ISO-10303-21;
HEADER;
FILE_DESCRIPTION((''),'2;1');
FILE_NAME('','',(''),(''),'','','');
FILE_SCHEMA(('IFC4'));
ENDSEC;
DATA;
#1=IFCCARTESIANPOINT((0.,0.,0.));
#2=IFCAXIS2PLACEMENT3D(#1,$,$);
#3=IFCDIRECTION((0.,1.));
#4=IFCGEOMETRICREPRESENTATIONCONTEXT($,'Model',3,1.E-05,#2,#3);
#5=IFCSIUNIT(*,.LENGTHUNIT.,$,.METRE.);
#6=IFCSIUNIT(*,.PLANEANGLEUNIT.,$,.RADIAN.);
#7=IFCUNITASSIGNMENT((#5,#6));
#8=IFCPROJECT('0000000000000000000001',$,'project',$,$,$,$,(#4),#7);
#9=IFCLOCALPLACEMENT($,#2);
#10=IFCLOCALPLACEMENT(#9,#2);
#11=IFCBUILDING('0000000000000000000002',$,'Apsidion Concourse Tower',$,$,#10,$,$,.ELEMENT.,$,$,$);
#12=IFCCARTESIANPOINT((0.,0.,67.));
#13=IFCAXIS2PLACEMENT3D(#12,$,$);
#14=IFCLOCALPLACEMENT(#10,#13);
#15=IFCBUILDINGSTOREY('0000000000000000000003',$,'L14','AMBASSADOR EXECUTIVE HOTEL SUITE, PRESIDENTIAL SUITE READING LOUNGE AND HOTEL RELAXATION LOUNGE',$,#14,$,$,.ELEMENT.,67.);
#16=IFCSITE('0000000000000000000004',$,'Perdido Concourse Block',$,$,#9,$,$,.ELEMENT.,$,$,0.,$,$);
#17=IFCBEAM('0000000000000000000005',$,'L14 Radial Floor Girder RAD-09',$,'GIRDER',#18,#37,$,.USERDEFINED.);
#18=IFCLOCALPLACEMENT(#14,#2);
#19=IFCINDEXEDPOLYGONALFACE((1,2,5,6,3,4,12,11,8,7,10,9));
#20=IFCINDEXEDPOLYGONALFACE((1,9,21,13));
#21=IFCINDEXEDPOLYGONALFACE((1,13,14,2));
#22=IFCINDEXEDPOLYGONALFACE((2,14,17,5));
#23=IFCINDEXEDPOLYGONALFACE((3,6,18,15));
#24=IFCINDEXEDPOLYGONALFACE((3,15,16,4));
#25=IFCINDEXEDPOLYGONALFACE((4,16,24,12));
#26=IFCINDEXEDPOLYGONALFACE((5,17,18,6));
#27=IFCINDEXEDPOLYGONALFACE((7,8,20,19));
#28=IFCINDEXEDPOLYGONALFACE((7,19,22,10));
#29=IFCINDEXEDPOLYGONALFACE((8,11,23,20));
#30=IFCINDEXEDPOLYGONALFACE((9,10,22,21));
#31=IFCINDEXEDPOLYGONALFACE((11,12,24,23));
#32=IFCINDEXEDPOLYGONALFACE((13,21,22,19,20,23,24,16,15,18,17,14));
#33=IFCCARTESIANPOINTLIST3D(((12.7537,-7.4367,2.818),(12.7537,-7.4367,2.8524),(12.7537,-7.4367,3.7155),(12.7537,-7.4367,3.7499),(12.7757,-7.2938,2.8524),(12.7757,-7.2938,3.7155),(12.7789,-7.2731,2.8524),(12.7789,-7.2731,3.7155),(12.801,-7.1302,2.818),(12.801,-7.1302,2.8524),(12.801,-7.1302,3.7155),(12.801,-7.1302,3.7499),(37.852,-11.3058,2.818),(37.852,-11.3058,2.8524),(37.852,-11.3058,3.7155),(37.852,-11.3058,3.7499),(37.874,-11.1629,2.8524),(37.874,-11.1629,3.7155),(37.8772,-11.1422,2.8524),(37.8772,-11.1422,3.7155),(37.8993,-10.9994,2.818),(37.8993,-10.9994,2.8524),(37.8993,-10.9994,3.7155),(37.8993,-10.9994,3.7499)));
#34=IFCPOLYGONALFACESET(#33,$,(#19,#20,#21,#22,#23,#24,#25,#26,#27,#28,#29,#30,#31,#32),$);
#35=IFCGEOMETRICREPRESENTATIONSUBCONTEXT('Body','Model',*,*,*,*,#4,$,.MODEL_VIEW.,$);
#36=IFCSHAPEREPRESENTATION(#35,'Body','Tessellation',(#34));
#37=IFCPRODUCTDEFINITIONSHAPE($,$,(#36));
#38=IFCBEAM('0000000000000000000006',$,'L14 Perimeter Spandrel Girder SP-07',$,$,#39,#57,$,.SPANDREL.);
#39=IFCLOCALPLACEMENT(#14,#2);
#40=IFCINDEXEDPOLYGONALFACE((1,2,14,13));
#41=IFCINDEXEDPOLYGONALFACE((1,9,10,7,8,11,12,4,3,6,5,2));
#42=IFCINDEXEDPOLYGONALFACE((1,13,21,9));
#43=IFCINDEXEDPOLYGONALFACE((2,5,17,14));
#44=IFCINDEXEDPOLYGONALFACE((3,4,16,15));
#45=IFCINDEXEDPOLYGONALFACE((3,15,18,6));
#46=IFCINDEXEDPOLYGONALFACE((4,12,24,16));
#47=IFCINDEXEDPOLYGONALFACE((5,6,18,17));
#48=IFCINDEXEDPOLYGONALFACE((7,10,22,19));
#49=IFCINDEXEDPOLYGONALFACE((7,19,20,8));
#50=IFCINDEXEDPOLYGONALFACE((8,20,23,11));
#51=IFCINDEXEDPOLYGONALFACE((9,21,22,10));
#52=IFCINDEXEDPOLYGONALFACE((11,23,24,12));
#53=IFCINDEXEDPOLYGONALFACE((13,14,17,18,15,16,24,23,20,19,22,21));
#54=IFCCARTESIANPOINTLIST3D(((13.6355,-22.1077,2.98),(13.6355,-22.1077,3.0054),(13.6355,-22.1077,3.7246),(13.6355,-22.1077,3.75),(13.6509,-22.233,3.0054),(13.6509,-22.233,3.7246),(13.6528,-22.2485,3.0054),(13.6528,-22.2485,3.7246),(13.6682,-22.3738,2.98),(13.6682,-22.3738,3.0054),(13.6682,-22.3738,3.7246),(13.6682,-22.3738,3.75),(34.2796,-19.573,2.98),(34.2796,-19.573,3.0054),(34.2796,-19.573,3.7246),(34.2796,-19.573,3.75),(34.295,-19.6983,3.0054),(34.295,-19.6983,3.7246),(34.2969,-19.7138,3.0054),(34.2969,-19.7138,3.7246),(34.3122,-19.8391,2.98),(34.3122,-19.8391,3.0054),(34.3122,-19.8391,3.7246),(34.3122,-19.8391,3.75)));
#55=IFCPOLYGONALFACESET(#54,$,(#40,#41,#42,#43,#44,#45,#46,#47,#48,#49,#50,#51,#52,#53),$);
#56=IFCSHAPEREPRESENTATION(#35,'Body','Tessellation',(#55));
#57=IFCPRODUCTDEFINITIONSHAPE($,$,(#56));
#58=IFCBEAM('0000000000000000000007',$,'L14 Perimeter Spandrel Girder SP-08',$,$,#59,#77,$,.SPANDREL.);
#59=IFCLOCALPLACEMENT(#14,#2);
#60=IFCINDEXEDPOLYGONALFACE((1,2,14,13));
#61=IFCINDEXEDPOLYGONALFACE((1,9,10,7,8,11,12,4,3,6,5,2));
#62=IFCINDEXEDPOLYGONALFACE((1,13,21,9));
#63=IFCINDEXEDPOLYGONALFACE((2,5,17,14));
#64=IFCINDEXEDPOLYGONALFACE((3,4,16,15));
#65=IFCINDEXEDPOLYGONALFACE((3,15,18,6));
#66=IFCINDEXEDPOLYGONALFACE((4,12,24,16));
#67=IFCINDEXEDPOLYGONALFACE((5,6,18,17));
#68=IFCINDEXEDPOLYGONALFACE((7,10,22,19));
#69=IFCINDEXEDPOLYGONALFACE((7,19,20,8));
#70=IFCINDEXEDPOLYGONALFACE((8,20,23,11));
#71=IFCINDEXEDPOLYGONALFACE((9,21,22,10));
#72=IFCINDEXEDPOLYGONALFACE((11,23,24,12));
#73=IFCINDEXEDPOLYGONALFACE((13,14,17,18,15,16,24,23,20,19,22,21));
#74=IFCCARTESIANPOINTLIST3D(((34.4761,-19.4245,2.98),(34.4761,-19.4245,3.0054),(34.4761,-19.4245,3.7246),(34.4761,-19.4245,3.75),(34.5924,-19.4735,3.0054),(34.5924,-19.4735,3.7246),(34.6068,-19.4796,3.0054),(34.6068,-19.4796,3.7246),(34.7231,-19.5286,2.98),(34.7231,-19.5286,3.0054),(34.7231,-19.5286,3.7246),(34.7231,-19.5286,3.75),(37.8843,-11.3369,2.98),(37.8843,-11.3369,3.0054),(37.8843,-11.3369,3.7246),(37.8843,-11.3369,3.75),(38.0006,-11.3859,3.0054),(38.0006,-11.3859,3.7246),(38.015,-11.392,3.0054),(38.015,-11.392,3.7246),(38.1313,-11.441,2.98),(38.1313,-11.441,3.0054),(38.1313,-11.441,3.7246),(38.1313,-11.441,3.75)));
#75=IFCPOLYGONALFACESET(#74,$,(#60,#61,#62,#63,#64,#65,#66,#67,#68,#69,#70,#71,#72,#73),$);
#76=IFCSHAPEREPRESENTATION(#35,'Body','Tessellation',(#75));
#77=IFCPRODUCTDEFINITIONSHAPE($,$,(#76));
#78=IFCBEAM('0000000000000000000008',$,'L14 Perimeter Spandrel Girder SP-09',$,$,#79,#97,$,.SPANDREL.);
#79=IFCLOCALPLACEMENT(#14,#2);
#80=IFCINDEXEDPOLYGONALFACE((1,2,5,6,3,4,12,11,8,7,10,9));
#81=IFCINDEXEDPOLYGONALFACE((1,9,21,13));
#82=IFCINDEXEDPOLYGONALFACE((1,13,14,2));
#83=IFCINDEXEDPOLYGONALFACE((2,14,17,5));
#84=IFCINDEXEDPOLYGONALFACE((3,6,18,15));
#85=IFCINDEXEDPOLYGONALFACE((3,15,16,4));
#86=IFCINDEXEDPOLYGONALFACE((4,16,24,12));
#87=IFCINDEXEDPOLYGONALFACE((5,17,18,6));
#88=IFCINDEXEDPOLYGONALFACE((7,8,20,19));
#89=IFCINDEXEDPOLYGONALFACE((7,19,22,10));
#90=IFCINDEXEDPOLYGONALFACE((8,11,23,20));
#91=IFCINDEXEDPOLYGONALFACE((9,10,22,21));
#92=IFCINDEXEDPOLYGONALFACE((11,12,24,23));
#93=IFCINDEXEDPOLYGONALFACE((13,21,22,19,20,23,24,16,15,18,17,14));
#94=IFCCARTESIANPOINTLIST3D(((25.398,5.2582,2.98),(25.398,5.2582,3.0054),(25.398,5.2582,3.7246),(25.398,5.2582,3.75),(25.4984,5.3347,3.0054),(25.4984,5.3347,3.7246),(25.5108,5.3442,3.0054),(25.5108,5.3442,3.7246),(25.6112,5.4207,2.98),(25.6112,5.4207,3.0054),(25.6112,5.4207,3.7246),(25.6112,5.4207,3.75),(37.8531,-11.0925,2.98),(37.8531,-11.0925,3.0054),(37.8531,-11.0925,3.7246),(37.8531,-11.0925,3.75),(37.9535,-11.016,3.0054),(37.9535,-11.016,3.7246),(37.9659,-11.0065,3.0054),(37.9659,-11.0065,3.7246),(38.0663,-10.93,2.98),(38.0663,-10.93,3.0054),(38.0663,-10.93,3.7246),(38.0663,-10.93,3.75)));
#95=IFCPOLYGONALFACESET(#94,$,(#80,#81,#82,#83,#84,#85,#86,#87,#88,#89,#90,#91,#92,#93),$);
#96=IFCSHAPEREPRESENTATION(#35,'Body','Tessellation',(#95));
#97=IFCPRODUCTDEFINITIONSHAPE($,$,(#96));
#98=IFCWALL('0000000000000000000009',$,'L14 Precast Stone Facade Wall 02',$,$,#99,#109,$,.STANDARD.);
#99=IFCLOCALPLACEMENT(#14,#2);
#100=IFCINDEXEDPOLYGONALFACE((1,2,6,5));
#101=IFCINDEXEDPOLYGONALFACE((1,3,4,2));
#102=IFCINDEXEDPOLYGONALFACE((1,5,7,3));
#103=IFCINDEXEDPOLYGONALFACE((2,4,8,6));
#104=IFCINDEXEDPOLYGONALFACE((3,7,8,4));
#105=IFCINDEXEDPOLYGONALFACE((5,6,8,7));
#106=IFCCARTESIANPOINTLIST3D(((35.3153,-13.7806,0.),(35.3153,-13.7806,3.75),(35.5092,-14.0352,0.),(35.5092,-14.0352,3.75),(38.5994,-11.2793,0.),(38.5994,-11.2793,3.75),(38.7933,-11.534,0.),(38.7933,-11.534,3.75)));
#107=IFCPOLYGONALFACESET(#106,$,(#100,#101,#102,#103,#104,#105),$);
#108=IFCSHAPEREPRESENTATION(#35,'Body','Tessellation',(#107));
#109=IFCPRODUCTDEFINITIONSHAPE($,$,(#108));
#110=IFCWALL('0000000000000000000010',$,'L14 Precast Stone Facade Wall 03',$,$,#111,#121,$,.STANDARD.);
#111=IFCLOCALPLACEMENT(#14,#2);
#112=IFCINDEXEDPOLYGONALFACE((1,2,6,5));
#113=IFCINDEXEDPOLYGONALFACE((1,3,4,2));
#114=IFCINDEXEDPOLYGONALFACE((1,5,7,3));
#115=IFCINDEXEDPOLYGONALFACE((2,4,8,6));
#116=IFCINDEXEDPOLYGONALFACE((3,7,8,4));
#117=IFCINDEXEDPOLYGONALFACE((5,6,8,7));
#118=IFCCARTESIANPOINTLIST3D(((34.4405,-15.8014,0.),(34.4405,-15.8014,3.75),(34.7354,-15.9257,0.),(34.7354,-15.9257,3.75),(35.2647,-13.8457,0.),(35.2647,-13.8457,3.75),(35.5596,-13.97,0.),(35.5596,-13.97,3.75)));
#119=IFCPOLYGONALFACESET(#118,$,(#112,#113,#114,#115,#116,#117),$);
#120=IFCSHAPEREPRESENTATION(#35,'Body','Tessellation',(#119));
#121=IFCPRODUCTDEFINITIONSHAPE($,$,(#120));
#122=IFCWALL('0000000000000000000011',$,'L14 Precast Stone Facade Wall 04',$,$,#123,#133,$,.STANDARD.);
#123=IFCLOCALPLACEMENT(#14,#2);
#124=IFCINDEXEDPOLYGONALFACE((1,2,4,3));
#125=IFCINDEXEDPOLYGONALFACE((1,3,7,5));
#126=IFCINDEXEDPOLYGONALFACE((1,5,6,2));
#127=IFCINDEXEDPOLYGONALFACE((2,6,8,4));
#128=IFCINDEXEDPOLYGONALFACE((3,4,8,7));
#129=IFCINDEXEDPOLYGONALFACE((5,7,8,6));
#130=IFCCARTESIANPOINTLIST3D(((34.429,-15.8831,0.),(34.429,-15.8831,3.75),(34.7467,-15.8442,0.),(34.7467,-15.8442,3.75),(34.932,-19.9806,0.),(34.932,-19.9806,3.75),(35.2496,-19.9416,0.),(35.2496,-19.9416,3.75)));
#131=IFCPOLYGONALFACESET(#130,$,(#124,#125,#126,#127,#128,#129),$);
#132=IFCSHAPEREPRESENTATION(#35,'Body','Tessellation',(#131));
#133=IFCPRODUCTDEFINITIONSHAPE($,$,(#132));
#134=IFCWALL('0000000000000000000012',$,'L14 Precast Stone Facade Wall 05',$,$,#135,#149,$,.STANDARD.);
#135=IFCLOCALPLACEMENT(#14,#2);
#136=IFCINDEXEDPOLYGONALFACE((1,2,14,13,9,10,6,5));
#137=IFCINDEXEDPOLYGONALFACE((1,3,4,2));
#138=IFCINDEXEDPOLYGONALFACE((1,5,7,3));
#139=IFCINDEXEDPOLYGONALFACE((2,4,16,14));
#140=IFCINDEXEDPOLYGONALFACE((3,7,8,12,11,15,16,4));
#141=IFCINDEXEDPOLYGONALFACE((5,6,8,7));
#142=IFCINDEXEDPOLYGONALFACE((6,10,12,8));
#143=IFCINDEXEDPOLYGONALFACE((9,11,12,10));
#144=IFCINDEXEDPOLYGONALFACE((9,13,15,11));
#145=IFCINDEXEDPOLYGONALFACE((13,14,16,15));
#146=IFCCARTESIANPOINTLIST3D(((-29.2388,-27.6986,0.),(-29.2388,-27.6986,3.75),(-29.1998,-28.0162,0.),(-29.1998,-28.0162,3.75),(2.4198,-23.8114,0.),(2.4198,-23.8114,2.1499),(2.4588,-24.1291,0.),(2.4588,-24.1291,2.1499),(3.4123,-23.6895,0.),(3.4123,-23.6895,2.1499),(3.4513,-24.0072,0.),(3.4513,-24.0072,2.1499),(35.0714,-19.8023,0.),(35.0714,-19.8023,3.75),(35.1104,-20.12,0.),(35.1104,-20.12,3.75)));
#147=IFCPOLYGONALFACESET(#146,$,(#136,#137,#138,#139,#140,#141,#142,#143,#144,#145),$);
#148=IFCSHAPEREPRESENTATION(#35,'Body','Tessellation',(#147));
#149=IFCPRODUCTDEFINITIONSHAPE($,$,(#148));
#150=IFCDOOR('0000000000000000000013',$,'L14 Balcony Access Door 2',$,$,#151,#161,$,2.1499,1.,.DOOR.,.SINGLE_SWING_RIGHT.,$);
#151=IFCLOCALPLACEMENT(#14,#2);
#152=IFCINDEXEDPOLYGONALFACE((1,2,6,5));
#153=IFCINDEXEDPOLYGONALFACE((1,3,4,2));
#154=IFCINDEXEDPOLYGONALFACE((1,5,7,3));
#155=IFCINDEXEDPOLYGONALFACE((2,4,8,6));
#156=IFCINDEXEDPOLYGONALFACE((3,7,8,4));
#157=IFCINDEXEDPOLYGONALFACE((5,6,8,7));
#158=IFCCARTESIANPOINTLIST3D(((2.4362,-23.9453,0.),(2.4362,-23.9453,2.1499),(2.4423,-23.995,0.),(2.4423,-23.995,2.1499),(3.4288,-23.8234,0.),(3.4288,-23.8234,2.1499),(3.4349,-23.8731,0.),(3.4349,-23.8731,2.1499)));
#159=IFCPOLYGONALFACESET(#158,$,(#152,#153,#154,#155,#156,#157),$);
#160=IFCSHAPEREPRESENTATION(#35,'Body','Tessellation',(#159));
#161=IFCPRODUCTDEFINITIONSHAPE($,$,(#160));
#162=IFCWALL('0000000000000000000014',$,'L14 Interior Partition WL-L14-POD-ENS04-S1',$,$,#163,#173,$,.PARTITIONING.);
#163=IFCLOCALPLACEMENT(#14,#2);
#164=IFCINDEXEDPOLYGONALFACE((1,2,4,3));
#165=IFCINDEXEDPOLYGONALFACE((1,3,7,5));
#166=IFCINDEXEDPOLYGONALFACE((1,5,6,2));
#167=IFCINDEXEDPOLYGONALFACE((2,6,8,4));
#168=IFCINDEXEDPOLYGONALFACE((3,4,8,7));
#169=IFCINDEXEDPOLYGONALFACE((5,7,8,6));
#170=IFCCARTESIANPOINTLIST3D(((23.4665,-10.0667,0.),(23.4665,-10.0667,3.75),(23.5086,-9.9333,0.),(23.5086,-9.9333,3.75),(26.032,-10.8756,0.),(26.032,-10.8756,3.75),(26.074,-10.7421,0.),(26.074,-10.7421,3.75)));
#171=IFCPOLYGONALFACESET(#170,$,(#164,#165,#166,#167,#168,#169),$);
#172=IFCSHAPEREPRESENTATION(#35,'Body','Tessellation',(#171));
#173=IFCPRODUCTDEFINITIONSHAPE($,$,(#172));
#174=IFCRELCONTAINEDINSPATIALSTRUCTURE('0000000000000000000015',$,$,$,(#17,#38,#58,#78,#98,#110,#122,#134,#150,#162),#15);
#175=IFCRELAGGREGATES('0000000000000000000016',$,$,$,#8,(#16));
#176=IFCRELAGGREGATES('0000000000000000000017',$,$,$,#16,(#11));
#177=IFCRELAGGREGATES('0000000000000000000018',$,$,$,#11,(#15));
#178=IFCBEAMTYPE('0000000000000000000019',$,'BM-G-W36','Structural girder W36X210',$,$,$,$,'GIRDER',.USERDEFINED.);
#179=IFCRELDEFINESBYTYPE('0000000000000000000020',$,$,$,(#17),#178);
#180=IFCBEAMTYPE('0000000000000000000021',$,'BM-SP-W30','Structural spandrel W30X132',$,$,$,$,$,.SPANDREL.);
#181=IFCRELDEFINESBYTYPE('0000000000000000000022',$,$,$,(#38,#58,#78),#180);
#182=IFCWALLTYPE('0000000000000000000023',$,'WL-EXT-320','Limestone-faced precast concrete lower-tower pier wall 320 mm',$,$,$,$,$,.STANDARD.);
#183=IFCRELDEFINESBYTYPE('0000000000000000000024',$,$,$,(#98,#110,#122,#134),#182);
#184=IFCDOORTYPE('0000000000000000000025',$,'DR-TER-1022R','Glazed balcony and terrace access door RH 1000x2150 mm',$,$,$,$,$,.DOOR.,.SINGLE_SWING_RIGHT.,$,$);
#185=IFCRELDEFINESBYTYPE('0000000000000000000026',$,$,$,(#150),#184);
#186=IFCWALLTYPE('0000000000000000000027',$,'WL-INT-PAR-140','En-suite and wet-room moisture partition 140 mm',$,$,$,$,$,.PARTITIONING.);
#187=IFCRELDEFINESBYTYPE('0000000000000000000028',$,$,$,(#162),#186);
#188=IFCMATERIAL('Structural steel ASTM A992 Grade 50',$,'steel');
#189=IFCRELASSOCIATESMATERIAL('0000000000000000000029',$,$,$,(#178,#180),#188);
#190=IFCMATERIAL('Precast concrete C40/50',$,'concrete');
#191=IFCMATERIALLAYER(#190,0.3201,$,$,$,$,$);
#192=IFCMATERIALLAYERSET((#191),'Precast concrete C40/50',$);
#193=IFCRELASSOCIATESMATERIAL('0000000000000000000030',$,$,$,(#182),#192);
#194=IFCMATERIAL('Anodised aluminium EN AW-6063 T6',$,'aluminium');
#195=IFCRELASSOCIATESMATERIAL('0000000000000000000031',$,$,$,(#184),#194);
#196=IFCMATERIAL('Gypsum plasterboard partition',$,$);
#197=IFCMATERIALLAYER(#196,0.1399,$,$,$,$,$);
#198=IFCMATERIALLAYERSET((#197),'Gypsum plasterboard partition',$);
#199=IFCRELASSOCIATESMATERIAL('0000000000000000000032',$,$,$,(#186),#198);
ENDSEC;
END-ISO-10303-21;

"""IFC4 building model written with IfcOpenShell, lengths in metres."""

from ifc_helpers import new_model, si_unit, direction, frame, frame_2d, origin, origin_2d, place, context, subcontext, project, spatial, rectangle, i_section, extrude, material, layer, layer_set, material_profile, profile_set, type_object, element, fill, save


model = new_model("IFC4")

# Units and contexts
model_context = context("Model", 3, precision=1e-05, world=origin(), true_north=direction((0.0, 1.0)))
body_context = subcontext(model_context, "Body", "Model", "MODEL_VIEW")
ifc_project = project(units=[si_unit("LENGTHUNIT", "METRE"), si_unit("PLANEANGLEUNIT", "RADIAN")], contexts=[model_context])

# Site, building, storey
site_placement = place(None, origin())
site = spatial("IfcSite", under=ifc_project, at=site_placement, Name="Perdido Concourse Block", CompositionType="ELEMENT", RefElevation=0.0)
building_placement = place(site_placement, origin())
building = spatial("IfcBuilding", under=site, at=building_placement, Name="Apsidion Concourse Tower", CompositionType="ELEMENT")
storey_placement = place(building_placement, frame((0.0, 0.0, 67.0)))
storey = spatial("IfcBuildingStorey", under=building, at=storey_placement, Name="L14", Description="AMBASSADOR EXECUTIVE HOTEL SUITE, PRESIDENTIAL SUITE READING LOUNGE AND HOTEL RELAXATION LOUNGE", CompositionType="ELEMENT", Elevation=67.0)

# Beams
ifc_material_1 = material(Name="Structural steel ASTM A992 Grade 50", Category="steel")
ifc_material_profile_1 = material_profile(ifc_material_1, i_section(OverallWidth=0.3101, OverallDepth=0.9319, WebThickness=0.021, FlangeThickness=0.0344, at=origin_2d()), Name="W36X210")
ifc_profile_set_1 = profile_set([ifc_material_profile_1], Name="Structural steel ASTM A992 Grade 50")
beam_type_1 = type_object("IfcBeamType", Name="BM-G-W36", Description="Structural girder W36X210", ElementType="GIRDER", PredefinedType="USERDEFINED", material=ifc_profile_set_1)
beam_1_placement = place(storey_placement, frame((12.7773, -7.2834, 3.2839), z_axis=(0.988325, -0.152359, 0.0), x_axis=(0.152359, 0.988325, 0.0)))
element("IfcBeam", 1, at=beam_1_placement, inside=storey, type_object=beam_type_1, Name="L14 Radial Floor Girder RAD-09", ObjectType="GIRDER", PredefinedType="USERDEFINED", context=body_context, shape_type="SweptSolid", body=[
    extrude(i_section(OverallWidth=0.3101, OverallDepth=0.9319, WebThickness=0.021, FlangeThickness=0.0344, at=origin_2d()), origin(), (0.0, 0.0, 1.0), 25.3948),
])
ifc_material_profile_2 = material_profile(ifc_material_1, i_section(OverallWidth=0.2681, OverallDepth=0.77, WebThickness=0.0156, FlangeThickness=0.0254, at=origin_2d()), Name="W30X132")
ifc_profile_set_2 = profile_set([ifc_material_profile_2], Name="Structural steel ASTM A992 Grade 50")
beam_type_2 = type_object("IfcBeamType", Name="BM-SP-W30", Description="Structural spandrel W30X132", PredefinedType="SPANDREL", material=ifc_profile_set_2)
beam_2_placement = place(storey_placement, frame((13.6519, -22.2407, 3.365), z_axis=(0.992547, 0.121865, 0.0), x_axis=(-0.121865, 0.992547, 0.0)))
element("IfcBeam", 2, at=beam_2_placement, inside=storey, type_object=beam_type_2, Name="L14 Perimeter Spandrel Girder SP-07", PredefinedType="SPANDREL", context=body_context, shape_type="SweptSolid", body=[
    extrude(i_section(OverallWidth=0.2681, OverallDepth=0.77, WebThickness=0.0156, FlangeThickness=0.0254, at=origin_2d()), origin(), (0.0, 0.0, 1.0), 20.7991),
])
beam_3_placement = place(storey_placement, frame((34.5996, -19.4766, 3.365), z_axis=(0.388336, 0.921518, 0.0), x_axis=(-0.921518, 0.388336, 0.0)))
element("IfcBeam", 3, at=beam_3_placement, inside=storey, type_object=beam_type_2, Name="L14 Perimeter Spandrel Girder SP-08", PredefinedType="SPANDREL", context=body_context, shape_type="SweptSolid", body=[
    extrude(i_section(OverallWidth=0.2681, OverallDepth=0.77, WebThickness=0.0156, FlangeThickness=0.0254, at=origin_2d()), origin(), (0.0, 0.0, 1.0), 8.7764),
])
beam_4_placement = place(storey_placement, frame((37.9597, -11.0112, 3.365), z_axis=(-0.605966, 0.795491, 0.0), x_axis=(-0.795491, -0.605966, 0.0)))
element("IfcBeam", 4, at=beam_4_placement, inside=storey, type_object=beam_type_2, Name="L14 Perimeter Spandrel Girder SP-09", PredefinedType="SPANDREL", context=body_context, shape_type="SweptSolid", body=[
    extrude(i_section(OverallWidth=0.2681, OverallDepth=0.77, WebThickness=0.0156, FlangeThickness=0.0254, at=origin_2d()), origin(), (0.0, 0.0, 1.0), 20.5542),
])

# Walls
ifc_material_2 = material(Name="Precast concrete C40/50", Category="concrete")
ifc_layer_1 = layer(ifc_material_2, 0.3201)
ifc_layer_set_1 = layer_set([ifc_layer_1], Name="Precast concrete C40/50")
wall_type_1 = type_object("IfcWallType", Name="WL-EXT-320", Description="Limestone-faced precast concrete lower-tower pier wall 320 mm", PredefinedType="STANDARD", material=ifc_layer_set_1)
wall_1_placement = place(storey_placement, frame((38.6963, -11.4067, 0.0), z_axis=(0.0, 0.0, 1.0), x_axis=(-0.79555, -0.605888, 0.0)))
element("IfcWall", 5, at=wall_1_placement, inside=storey, type_object=wall_type_1, Name="L14 Precast Stone Facade Wall 02", PredefinedType="STANDARD", context=body_context, shape_type="SweptSolid", body=[
    extrude(rectangle(XDim=4.1282, YDim=0.3201, at=frame_2d((2.064, 0.0))), origin(), (0.0, 0.0, 1.0), 3.75),
])
wall_2_placement = place(storey_placement, frame((35.4121, -13.908, 0.0), z_axis=(0.0, 0.0, 1.0), x_axis=(-0.388345, -0.921514, 0.0)))
element("IfcWall", 6, at=wall_2_placement, inside=storey, type_object=wall_type_1, Name="L14 Precast Stone Facade Wall 03", PredefinedType="STANDARD", context=body_context, shape_type="SweptSolid", body=[
    extrude(rectangle(XDim=2.1223, YDim=0.3201, at=frame_2d((1.061, 0.0))), origin(), (0.0, 0.0, 1.0), 3.75),
])
wall_3_placement = place(storey_placement, frame((34.5879, -15.8638, 0.0), z_axis=(0.0, 0.0, 1.0), x_axis=(0.121829, -0.992551, 0.0)))
element("IfcWall", 7, at=wall_3_placement, inside=storey, type_object=wall_type_1, Name="L14 Precast Stone Facade Wall 04", PredefinedType="STANDARD", context=body_context, shape_type="SweptSolid", body=[
    extrude(rectangle(XDim=4.1282, YDim=0.3201, at=frame_2d((2.064, 0.0))), origin(), (0.0, 0.0, 1.0), 3.75),
])

# Wall, opening, door
wall_4_placement = place(storey_placement, frame((35.0908, -19.9612, 0.0), z_axis=(0.0, 0.0, 1.0), x_axis=(-0.992546, -0.121868, 0.0)))
wall_4 = element("IfcWall", 8, at=wall_4_placement, inside=storey, type_object=wall_type_1, Name="L14 Precast Stone Facade Wall 05", PredefinedType="STANDARD", context=body_context, shape_type="SweptSolid", body=[
    extrude(rectangle(XDim=64.7932, YDim=0.3201, at=frame_2d((32.3965, 0.0))), origin(), (0.0, 0.0, 1.0), 3.75),
])
opening_1_placement = place(wall_4_placement, frame((31.8967, 0.0, 0.0)))
opening_1 = element("IfcOpeningElement", 9, at=opening_1_placement, cuts=wall_4, PredefinedType="OPENING", context=body_context, shape_type="SweptSolid", body=[
    extrude(rectangle(XDim=1.0, YDim=2.1499, at=frame_2d((0.5, 1.075))), frame((0.0, 0.1699, 0.0), z_axis=(0.0, -1.0, 0.0), x_axis=(1.0, 0.0, 0.0)), (0.0, 0.0, 1.0), 0.3401),
])
ifc_material_3 = material(Name="Anodised aluminium EN AW-6063 T6", Category="aluminium")
door_type_1 = type_object("IfcDoorType", Name="DR-TER-1022R", Description="Glazed balcony and terrace access door RH 1000x2150 mm", OperationType="SINGLE_SWING_RIGHT", PredefinedType="DOOR", material=ifc_material_3)
door_1_placement = place(opening_1_placement, origin())
door_1 = element("IfcDoor", 10, at=door_1_placement, inside=storey, type_object=door_type_1, Name="L14 Balcony Access Door 2", OperationType="SINGLE_SWING_RIGHT", OverallHeight=2.1499, OverallWidth=1.0, PredefinedType="DOOR", context=body_context, shape_type="SweptSolid", body=[
    extrude(rectangle(XDim=1.0, YDim=2.1499, at=frame_2d((0.5, 1.075))), frame((0.0, 0.0249, 0.0), z_axis=(0.0, -1.0, 0.0), x_axis=(1.0, 0.0, 0.0)), (0.0, 0.0, 1.0), 0.05),
])
fill(opening_1, door_1)

# Wall
ifc_material_4 = material(Name="Gypsum plasterboard partition")
ifc_layer_2 = layer(ifc_material_4, 0.1399)
ifc_layer_set_2 = layer_set([ifc_layer_2], Name="Gypsum plasterboard partition")
wall_type_2 = type_object("IfcWallType", Name="WL-INT-PAR-140", Description="En-suite and wet-room moisture partition 140 mm", PredefinedType="PARTITIONING", material=ifc_layer_set_2)
wall_5_placement = place(storey_placement, frame((23.4875, -10.0, 0.0), z_axis=(0.0, 0.0, 1.0), x_axis=(0.953721, -0.300693, 0.0)))
element("IfcWall", 11, at=wall_5_placement, inside=storey, type_object=wall_type_2, Name="L14 Interior Partition WL-L14-POD-ENS04-S1", PredefinedType="PARTITIONING", context=body_context, shape_type="SweptSolid", body=[
    extrude(rectangle(XDim=2.6899, YDim=0.1399, at=frame_2d((1.345, 0.0))), origin(), (0.0, 0.0, 1.0), 3.75),
])

save(model, "model.ifc")
